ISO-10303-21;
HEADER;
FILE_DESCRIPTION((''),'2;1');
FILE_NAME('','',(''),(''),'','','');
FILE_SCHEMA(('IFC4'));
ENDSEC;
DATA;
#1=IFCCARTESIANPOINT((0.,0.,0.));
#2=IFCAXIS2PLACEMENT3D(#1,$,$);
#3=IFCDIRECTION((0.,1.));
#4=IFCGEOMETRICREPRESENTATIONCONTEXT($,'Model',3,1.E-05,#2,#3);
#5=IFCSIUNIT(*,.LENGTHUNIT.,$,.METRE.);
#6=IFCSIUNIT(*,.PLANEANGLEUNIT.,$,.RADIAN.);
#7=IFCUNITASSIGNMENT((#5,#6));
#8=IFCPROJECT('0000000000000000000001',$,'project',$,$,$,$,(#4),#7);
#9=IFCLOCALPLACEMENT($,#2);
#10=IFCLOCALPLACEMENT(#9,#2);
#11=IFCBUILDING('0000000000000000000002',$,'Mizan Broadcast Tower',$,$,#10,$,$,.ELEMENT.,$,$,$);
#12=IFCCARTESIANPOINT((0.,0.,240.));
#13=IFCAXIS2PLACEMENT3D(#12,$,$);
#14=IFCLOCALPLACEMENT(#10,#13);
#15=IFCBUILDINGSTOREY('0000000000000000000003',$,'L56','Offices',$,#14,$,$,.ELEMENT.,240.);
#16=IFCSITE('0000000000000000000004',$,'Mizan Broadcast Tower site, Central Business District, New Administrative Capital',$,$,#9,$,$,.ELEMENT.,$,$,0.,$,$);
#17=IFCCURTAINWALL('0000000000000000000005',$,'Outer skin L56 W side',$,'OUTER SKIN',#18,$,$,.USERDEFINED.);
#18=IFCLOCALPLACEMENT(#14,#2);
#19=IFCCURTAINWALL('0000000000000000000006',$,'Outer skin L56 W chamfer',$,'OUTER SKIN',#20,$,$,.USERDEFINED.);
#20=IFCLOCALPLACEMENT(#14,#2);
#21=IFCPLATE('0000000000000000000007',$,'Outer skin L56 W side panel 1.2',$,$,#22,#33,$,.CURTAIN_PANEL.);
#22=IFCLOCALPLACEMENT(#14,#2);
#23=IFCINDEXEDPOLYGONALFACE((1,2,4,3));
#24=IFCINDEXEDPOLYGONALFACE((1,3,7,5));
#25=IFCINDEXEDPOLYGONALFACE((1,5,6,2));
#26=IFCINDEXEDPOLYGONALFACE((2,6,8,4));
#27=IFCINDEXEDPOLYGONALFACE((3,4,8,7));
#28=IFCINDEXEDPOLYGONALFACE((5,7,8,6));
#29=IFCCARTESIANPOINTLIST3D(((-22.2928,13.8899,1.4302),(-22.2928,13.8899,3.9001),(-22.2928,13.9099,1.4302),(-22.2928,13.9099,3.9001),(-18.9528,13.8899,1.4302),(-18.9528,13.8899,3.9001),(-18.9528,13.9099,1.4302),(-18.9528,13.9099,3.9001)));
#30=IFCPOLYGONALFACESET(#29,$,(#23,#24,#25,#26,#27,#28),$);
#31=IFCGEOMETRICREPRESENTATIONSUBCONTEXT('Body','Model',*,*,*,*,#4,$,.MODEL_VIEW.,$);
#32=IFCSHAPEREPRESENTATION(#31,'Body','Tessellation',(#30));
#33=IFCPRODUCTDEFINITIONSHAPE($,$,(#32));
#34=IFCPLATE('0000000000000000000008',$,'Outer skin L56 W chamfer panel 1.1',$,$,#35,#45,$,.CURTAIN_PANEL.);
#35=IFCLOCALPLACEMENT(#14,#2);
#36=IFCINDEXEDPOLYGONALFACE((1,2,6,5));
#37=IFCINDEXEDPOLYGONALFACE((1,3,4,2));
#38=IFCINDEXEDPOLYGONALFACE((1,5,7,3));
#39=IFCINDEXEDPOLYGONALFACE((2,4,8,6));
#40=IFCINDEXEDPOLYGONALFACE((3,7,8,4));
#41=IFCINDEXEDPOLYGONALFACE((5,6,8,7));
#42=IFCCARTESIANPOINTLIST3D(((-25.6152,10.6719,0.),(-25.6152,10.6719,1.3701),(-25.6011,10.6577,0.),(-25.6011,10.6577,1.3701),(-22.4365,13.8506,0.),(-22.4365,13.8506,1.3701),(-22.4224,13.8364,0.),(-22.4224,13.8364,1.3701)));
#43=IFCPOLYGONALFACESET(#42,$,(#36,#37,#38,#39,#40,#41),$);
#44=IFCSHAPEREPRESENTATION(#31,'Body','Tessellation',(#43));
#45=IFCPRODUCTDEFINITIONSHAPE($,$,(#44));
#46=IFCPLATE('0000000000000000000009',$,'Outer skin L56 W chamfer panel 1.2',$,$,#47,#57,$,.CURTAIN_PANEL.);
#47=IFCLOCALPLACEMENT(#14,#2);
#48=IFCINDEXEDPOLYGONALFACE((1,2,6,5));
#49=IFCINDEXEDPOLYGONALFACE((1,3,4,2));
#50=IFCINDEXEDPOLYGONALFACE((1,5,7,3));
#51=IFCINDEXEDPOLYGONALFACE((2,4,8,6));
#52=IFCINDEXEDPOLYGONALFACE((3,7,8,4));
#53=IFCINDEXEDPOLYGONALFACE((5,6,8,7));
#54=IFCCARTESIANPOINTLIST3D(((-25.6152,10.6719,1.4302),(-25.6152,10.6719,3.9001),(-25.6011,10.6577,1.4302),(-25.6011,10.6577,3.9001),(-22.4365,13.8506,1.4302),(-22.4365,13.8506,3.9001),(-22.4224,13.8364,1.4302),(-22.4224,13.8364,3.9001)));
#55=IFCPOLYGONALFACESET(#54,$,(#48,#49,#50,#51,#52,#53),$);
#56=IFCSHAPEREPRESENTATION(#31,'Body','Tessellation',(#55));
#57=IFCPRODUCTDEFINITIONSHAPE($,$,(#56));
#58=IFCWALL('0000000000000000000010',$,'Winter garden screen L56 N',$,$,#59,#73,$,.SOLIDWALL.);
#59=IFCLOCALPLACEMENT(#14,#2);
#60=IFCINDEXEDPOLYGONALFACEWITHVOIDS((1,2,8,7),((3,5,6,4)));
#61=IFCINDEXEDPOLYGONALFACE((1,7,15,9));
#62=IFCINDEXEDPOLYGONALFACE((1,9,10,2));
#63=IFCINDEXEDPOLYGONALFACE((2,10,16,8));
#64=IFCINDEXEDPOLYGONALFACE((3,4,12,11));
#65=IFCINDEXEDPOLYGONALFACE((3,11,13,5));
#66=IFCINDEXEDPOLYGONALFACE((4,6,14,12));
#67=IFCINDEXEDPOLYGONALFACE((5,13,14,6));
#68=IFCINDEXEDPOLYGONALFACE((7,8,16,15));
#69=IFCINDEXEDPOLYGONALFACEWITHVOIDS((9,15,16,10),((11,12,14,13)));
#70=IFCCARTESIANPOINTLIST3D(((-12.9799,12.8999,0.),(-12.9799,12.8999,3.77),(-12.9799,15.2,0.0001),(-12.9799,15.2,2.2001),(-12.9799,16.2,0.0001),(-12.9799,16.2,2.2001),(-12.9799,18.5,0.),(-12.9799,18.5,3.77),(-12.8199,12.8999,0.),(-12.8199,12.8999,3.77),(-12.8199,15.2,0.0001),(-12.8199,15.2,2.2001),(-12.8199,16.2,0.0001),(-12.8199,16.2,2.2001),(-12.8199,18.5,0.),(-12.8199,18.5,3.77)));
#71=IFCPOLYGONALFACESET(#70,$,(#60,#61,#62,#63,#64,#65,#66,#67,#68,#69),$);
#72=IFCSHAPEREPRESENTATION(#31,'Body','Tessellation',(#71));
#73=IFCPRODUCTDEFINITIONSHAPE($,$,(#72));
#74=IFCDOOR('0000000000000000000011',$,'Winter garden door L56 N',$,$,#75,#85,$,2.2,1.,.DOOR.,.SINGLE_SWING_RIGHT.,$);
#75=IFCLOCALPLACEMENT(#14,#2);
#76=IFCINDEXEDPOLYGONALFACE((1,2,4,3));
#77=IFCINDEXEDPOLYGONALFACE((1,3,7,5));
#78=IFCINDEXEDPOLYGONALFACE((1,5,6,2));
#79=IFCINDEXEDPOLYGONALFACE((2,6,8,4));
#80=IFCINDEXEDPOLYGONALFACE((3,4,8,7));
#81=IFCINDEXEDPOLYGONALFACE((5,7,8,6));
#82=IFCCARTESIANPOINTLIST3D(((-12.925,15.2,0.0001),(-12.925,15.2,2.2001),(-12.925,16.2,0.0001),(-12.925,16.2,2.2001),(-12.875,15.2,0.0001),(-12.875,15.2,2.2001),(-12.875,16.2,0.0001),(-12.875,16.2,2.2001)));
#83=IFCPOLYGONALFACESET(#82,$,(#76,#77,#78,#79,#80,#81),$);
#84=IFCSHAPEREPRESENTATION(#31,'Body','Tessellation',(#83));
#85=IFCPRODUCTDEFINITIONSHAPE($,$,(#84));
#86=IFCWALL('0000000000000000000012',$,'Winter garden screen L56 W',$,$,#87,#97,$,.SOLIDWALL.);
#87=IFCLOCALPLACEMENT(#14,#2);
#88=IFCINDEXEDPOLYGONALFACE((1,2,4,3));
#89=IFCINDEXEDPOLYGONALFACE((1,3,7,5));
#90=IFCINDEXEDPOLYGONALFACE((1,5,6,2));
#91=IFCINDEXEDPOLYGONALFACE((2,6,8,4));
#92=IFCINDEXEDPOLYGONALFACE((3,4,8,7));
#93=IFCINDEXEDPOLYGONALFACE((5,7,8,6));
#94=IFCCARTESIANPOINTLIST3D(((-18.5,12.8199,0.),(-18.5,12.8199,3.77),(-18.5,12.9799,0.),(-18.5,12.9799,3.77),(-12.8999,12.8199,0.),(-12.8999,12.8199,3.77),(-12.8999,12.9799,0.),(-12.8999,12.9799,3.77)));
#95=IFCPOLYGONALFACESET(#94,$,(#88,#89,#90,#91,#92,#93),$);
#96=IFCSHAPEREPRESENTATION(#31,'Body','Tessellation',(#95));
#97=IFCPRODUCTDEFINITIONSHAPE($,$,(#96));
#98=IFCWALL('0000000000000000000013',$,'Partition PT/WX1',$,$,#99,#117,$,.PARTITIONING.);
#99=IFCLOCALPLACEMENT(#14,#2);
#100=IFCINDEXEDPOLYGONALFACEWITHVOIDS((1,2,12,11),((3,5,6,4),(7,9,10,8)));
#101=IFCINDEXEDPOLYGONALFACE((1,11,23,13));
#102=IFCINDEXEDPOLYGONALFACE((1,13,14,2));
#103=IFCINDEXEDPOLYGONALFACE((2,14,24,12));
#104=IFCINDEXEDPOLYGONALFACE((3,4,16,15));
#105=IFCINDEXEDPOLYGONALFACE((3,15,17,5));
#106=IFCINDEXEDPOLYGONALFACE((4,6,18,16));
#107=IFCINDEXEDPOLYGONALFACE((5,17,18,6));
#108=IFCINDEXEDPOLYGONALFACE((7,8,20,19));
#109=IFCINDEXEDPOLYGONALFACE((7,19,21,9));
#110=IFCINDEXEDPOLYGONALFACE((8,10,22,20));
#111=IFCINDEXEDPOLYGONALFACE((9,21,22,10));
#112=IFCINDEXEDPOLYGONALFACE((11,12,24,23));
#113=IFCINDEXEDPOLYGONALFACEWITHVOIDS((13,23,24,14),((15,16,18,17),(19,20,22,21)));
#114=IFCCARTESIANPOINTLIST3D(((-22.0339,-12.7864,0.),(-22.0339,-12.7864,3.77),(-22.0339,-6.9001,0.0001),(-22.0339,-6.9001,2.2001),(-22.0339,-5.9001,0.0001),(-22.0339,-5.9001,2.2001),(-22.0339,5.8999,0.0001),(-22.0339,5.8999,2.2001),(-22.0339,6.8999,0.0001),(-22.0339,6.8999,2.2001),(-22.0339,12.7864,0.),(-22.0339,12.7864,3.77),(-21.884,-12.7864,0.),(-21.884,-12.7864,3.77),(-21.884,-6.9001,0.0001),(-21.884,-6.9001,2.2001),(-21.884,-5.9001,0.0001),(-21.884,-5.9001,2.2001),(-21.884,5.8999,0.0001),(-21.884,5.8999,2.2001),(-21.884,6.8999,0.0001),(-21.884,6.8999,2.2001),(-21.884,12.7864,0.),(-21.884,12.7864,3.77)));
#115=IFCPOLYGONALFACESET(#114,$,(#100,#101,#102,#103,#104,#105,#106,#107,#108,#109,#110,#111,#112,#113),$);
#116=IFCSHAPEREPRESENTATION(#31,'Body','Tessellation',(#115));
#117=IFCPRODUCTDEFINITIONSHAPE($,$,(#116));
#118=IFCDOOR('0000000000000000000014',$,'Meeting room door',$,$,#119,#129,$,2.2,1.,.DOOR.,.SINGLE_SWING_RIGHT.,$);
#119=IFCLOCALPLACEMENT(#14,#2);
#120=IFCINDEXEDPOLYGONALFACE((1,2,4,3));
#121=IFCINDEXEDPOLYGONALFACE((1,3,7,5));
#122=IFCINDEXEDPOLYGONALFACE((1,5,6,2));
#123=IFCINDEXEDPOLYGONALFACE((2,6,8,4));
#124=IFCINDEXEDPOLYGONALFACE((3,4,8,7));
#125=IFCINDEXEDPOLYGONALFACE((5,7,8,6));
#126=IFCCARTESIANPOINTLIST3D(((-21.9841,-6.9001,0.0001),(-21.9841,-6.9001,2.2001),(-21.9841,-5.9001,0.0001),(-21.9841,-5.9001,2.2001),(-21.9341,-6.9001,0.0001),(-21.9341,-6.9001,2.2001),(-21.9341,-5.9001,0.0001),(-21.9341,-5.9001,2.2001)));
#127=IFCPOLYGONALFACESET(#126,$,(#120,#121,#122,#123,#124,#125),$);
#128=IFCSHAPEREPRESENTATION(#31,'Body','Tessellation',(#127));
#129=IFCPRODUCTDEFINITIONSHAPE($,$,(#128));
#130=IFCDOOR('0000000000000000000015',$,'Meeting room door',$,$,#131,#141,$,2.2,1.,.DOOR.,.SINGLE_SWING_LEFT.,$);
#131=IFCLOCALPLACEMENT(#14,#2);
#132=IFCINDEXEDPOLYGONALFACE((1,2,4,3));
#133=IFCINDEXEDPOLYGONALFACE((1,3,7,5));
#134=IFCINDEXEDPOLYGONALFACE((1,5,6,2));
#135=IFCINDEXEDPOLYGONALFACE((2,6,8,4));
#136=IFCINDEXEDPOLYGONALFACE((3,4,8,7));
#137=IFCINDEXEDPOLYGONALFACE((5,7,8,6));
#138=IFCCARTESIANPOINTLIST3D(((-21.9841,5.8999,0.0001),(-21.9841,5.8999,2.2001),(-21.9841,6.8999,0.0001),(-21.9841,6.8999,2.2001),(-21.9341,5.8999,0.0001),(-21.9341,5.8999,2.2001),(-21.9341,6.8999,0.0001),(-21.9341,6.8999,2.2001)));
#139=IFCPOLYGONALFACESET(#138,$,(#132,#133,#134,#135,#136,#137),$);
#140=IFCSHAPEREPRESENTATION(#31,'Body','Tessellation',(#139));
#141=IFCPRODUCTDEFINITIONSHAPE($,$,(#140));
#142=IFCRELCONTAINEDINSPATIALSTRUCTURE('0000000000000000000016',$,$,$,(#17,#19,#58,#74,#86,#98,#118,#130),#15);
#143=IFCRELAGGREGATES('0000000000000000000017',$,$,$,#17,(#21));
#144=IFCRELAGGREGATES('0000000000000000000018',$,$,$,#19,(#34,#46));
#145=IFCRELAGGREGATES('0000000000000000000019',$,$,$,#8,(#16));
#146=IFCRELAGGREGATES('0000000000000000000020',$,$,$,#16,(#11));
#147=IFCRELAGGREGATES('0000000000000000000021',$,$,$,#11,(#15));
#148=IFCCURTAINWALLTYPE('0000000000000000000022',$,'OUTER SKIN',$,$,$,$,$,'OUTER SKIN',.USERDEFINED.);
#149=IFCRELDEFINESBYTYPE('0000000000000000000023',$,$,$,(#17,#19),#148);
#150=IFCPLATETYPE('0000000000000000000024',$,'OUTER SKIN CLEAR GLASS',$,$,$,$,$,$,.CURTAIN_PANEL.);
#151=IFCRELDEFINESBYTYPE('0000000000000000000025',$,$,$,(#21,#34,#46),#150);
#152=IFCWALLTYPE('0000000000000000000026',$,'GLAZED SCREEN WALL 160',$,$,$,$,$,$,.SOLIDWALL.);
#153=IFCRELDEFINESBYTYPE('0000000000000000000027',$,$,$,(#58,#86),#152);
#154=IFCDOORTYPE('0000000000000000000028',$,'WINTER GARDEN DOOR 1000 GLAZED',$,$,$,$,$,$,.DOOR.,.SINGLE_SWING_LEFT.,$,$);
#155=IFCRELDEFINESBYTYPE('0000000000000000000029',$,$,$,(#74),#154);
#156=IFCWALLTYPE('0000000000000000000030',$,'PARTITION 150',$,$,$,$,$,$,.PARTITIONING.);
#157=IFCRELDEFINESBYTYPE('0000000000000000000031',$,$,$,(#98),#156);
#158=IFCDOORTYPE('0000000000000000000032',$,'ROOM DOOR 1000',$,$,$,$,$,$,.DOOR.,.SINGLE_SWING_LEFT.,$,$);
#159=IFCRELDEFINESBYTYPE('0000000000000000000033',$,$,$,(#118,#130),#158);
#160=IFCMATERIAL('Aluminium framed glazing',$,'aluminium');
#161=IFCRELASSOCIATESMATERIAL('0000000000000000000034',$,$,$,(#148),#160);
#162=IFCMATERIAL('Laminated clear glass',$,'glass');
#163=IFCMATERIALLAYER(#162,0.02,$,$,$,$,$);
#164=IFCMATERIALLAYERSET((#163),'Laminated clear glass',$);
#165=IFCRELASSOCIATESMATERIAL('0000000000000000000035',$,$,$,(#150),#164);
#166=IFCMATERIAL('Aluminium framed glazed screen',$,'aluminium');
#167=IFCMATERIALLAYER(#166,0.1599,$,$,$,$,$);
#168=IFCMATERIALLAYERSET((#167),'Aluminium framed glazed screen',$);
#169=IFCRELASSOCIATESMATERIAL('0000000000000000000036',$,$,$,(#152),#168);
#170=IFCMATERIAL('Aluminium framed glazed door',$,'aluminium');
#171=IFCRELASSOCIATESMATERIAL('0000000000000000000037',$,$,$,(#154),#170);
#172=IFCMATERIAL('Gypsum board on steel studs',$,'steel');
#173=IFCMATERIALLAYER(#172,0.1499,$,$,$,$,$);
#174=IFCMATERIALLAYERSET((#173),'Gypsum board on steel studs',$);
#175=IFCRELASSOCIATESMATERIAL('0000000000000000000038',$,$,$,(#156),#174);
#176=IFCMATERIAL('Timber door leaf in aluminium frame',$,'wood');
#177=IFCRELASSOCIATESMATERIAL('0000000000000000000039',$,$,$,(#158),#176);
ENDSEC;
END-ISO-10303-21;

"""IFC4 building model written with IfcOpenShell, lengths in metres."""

from ifc_helpers import new_model, si_unit, direction, frame, frame_2d, origin, origin_2d, place, context, subcontext, project, spatial, rectangle, extrude, material, layer, layer_set, type_object, element, fill, aggregate, save


model = new_model("IFC4")

# Units and contexts
model_context = context("Model", 3, precision=1e-05, world=origin(), true_north=direction((0.0, 1.0)))
body_context = subcontext(model_context, "Body", "Model", "MODEL_VIEW")
ifc_project = project(units=[si_unit("LENGTHUNIT", "METRE"), si_unit("PLANEANGLEUNIT", "RADIAN")], contexts=[model_context])

# Site, building, storey
site_placement = place(None, origin())
site = spatial("IfcSite", under=ifc_project, at=site_placement, Name="Mizan Broadcast Tower site, Central Business District, New Administrative Capital", CompositionType="ELEMENT", RefElevation=0.0)
building_placement = place(site_placement, origin())
building = spatial("IfcBuilding", under=site, at=building_placement, Name="Mizan Broadcast Tower", CompositionType="ELEMENT")
storey_placement = place(building_placement, frame((0.0, 0.0, 240.0)))
storey = spatial("IfcBuildingStorey", under=building, at=storey_placement, Name="L56", Description="Offices", CompositionType="ELEMENT", Elevation=240.0)

# Curtain wall
ifc_material_1 = material(Name="Aluminium framed glazing", Category="aluminium")
curtain_wall_type_1 = type_object("IfcCurtainWallType", Name="OUTER SKIN", ElementType="OUTER SKIN", PredefinedType="USERDEFINED", material=ifc_material_1)
curtain_wall_1_placement = place(storey_placement, origin())
curtain_wall_1 = element("IfcCurtainWall", 1, at=curtain_wall_1_placement, inside=storey, type_object=curtain_wall_type_1, Name="Outer skin L56 W side", ObjectType="OUTER SKIN", PredefinedType="USERDEFINED")

# Curtain wall
curtain_wall_2_placement = place(storey_placement, origin())
curtain_wall_2 = element("IfcCurtainWall", 2, at=curtain_wall_2_placement, inside=storey, type_object=curtain_wall_type_1, Name="Outer skin L56 W chamfer", ObjectType="OUTER SKIN", PredefinedType="USERDEFINED")

# Plates
ifc_material_2 = material(Name="Laminated clear glass", Category="glass")
ifc_layer_1 = layer(ifc_material_2, 0.02)
ifc_layer_set_1 = layer_set([ifc_layer_1], Name="Laminated clear glass")
plate_type_1 = type_object("IfcPlateType", Name="OUTER SKIN CLEAR GLASS", PredefinedType="CURTAIN_PANEL", material=ifc_layer_set_1)
plate_1_placement = place(storey_placement, frame((-20.6228, 13.8999, 1.4302), z_axis=(0.0, 0.0, 1.0), x_axis=(-1.0, 0.0, 0.0)))
plate_1 = element("IfcPlate", 3, at=plate_1_placement, type_object=plate_type_1, Name="Outer skin L56 W side panel 1.2", PredefinedType="CURTAIN_PANEL", context=body_context, shape_type="SweptSolid", body=[
    extrude(rectangle(XDim=3.3401, YDim=0.02, at=origin_2d()), origin(), (0.0, 0.0, 1.0), 2.47),
])
aggregate(curtain_wall_1, [plate_1])
plate_2_placement = place(storey_placement, frame((-24.0188, 12.2542, 0.0), z_axis=(0.0, 0.0, 1.0), x_axis=(-0.707107, -0.707107, 0.0)))
plate_2 = element("IfcPlate", 4, at=plate_2_placement, type_object=plate_type_1, Name="Outer skin L56 W chamfer panel 1.1", PredefinedType="CURTAIN_PANEL", context=body_context, shape_type="SweptSolid", body=[
    extrude(rectangle(XDim=4.4954, YDim=0.02, at=origin_2d()), origin(), (0.0, 0.0, 1.0), 1.3701),
])
plate_3_placement = place(storey_placement, frame((-24.0188, 12.2542, 1.4302), z_axis=(0.0, 0.0, 1.0), x_axis=(-0.707107, -0.707107, 0.0)))
plate_3 = element("IfcPlate", 5, at=plate_3_placement, type_object=plate_type_1, Name="Outer skin L56 W chamfer panel 1.2", PredefinedType="CURTAIN_PANEL", context=body_context, shape_type="SweptSolid", body=[
    extrude(rectangle(XDim=4.4954, YDim=0.02, at=origin_2d()), origin(), (0.0, 0.0, 1.0), 2.47),
])
aggregate(curtain_wall_2, [plate_2, plate_3])

# Wall, opening, door
ifc_material_3 = material(Name="Aluminium framed glazed screen", Category="aluminium")
ifc_layer_2 = layer(ifc_material_3, 0.1599)
ifc_layer_set_2 = layer_set([ifc_layer_2], Name="Aluminium framed glazed screen")
wall_type_1 = type_object("IfcWallType", Name="GLAZED SCREEN WALL 160", PredefinedType="SOLIDWALL", material=ifc_layer_set_2)
wall_1_placement = place(storey_placement, frame((-12.8999, 18.5, 0.0), z_axis=(0.0, 0.0, 1.0), x_axis=(0.0, -1.0, 0.0)))
wall_1 = element("IfcWall", 6, at=wall_1_placement, inside=storey, type_object=wall_type_1, Name="Winter garden screen L56 N", PredefinedType="SOLIDWALL", context=body_context, shape_type="SweptSolid", body=[
    extrude(rectangle(XDim=5.6001, YDim=0.1599, at=frame_2d((2.8, 0.0))), origin(), (0.0, 0.0, 1.0), 3.77),
])
opening_1_placement = place(wall_1_placement, frame((2.3, 0.0, 0.0)))
opening_1 = element("IfcOpeningElement", 7, at=opening_1_placement, cuts=wall_1, PredefinedType="OPENING", context=body_context, shape_type="SweptSolid", body=[
    extrude(rectangle(XDim=1.0, YDim=2.2, at=frame_2d((0.5, 1.1001))), frame((0.0, 0.0898, 0.0), z_axis=(0.0, -1.0, 0.0), x_axis=(1.0, 0.0, 0.0)), (0.0, 0.0, 1.0), 0.1799),
])
ifc_material_4 = material(Name="Aluminium framed glazed door", Category="aluminium")
door_type_1 = type_object("IfcDoorType", Name="WINTER GARDEN DOOR 1000 GLAZED", OperationType="SINGLE_SWING_LEFT", PredefinedType="DOOR", material=ifc_material_4)
door_1_placement = place(opening_1_placement, origin())
door_1 = element("IfcDoor", 8, at=door_1_placement, inside=storey, type_object=door_type_1, Name="Winter garden door L56 N", OperationType="SINGLE_SWING_RIGHT", OverallHeight=2.2, OverallWidth=1.0, PredefinedType="DOOR", context=body_context, shape_type="SweptSolid", body=[
    extrude(rectangle(XDim=1.0, YDim=2.2, at=frame_2d((0.5, 1.1001))), frame((0.0, 0.0249, 0.0), z_axis=(0.0, -1.0, 0.0), x_axis=(1.0, 0.0, 0.0)), (0.0, 0.0, 1.0), 0.05),
])
fill(opening_1, door_1)

# Wall
wall_2_placement = place(storey_placement, frame((-12.8999, 12.8999, 0.0), z_axis=(0.0, 0.0, 1.0), x_axis=(-1.0, 0.0, 0.0)))
element("IfcWall", 9, at=wall_2_placement, inside=storey, type_object=wall_type_1, Name="Winter garden screen L56 W", PredefinedType="SOLIDWALL", context=body_context, shape_type="SweptSolid", body=[
    extrude(rectangle(XDim=5.6001, YDim=0.1599, at=frame_2d((2.8, 0.0))), origin(), (0.0, 0.0, 1.0), 3.77),
])

# Wall, openings, doors
ifc_material_5 = material(Name="Gypsum board on steel studs", Category="steel")
ifc_layer_3 = layer(ifc_material_5, 0.1499)
ifc_layer_set_3 = layer_set([ifc_layer_3], Name="Gypsum board on steel studs")
wall_type_2 = type_object("IfcWallType", Name="PARTITION 150", PredefinedType="PARTITIONING", material=ifc_layer_set_3)
wall_3_placement = place(storey_placement, frame((-21.959, 12.7864, 0.0), z_axis=(0.0, 0.0, 1.0), x_axis=(0.0, -1.0, 0.0)))
wall_3 = element("IfcWall", 10, at=wall_3_placement, inside=storey, type_object=wall_type_2, Name="Partition PT/WX1", PredefinedType="PARTITIONING", context=body_context, shape_type="SweptSolid", body=[
    extrude(rectangle(XDim=25.5728, YDim=0.1499, at=frame_2d((12.7864, 0.0))), origin(), (0.0, 0.0, 1.0), 3.77),
])
opening_2_placement = place(wall_3_placement, frame((18.6865, 0.0, 0.0)))
opening_2 = element("IfcOpeningElement", 11, at=opening_2_placement, cuts=wall_3, PredefinedType="OPENING", context=body_context, shape_type="SweptSolid", body=[
    extrude(rectangle(XDim=1.0, YDim=2.2, at=frame_2d((0.5, 1.1001))), frame((0.0, 0.085, 0.0), z_axis=(0.0, -1.0, 0.0), x_axis=(1.0, 0.0, 0.0)), (0.0, 0.0, 1.0), 0.1699),
])
opening_3_placement = place(wall_3_placement, frame((5.8865, 0.0, 0.0)))
opening_3 = element("IfcOpeningElement", 12, at=opening_3_placement, cuts=wall_3, PredefinedType="OPENING", context=body_context, shape_type="SweptSolid", body=[
    extrude(rectangle(XDim=1.0, YDim=2.2, at=frame_2d((0.5, 1.1001))), frame((0.0, 0.085, 0.0), z_axis=(0.0, -1.0, 0.0), x_axis=(1.0, 0.0, 0.0)), (0.0, 0.0, 1.0), 0.1699),
])
ifc_material_6 = material(Name="Timber door leaf in aluminium frame", Category="wood")
door_type_2 = type_object("IfcDoorType", Name="ROOM DOOR 1000", OperationType="SINGLE_SWING_LEFT", PredefinedType="DOOR", material=ifc_material_6)
door_2_placement = place(opening_2_placement, origin())
door_2 = element("IfcDoor", 13, at=door_2_placement, inside=storey, type_object=door_type_2, Name="Meeting room door", OperationType="SINGLE_SWING_RIGHT", OverallHeight=2.2, OverallWidth=1.0, PredefinedType="DOOR", context=body_context, shape_type="SweptSolid", body=[
    extrude(rectangle(XDim=1.0, YDim=2.2, at=frame_2d((0.5, 1.1001))), frame((0.0, 0.0249, 0.0), z_axis=(0.0, -1.0, 0.0), x_axis=(1.0, 0.0, 0.0)), (0.0, 0.0, 1.0), 0.05),
])
fill(opening_2, door_2)
door_3_placement = place(opening_3_placement, origin())
door_3 = element("IfcDoor", 14, at=door_3_placement, inside=storey, type_object=door_type_2, Name="Meeting room door", OperationType="SINGLE_SWING_LEFT", OverallHeight=2.2, OverallWidth=1.0, PredefinedType="DOOR", context=body_context, shape_type="SweptSolid", body=[
    extrude(rectangle(XDim=1.0, YDim=2.2, at=frame_2d((0.5, 1.1001))), frame((0.0, 0.0249, 0.0), z_axis=(0.0, -1.0, 0.0), x_axis=(1.0, 0.0, 0.0)), (0.0, 0.0, 1.0), 0.05),
])
fill(opening_3, door_3)

save(model, "model.ifc")
